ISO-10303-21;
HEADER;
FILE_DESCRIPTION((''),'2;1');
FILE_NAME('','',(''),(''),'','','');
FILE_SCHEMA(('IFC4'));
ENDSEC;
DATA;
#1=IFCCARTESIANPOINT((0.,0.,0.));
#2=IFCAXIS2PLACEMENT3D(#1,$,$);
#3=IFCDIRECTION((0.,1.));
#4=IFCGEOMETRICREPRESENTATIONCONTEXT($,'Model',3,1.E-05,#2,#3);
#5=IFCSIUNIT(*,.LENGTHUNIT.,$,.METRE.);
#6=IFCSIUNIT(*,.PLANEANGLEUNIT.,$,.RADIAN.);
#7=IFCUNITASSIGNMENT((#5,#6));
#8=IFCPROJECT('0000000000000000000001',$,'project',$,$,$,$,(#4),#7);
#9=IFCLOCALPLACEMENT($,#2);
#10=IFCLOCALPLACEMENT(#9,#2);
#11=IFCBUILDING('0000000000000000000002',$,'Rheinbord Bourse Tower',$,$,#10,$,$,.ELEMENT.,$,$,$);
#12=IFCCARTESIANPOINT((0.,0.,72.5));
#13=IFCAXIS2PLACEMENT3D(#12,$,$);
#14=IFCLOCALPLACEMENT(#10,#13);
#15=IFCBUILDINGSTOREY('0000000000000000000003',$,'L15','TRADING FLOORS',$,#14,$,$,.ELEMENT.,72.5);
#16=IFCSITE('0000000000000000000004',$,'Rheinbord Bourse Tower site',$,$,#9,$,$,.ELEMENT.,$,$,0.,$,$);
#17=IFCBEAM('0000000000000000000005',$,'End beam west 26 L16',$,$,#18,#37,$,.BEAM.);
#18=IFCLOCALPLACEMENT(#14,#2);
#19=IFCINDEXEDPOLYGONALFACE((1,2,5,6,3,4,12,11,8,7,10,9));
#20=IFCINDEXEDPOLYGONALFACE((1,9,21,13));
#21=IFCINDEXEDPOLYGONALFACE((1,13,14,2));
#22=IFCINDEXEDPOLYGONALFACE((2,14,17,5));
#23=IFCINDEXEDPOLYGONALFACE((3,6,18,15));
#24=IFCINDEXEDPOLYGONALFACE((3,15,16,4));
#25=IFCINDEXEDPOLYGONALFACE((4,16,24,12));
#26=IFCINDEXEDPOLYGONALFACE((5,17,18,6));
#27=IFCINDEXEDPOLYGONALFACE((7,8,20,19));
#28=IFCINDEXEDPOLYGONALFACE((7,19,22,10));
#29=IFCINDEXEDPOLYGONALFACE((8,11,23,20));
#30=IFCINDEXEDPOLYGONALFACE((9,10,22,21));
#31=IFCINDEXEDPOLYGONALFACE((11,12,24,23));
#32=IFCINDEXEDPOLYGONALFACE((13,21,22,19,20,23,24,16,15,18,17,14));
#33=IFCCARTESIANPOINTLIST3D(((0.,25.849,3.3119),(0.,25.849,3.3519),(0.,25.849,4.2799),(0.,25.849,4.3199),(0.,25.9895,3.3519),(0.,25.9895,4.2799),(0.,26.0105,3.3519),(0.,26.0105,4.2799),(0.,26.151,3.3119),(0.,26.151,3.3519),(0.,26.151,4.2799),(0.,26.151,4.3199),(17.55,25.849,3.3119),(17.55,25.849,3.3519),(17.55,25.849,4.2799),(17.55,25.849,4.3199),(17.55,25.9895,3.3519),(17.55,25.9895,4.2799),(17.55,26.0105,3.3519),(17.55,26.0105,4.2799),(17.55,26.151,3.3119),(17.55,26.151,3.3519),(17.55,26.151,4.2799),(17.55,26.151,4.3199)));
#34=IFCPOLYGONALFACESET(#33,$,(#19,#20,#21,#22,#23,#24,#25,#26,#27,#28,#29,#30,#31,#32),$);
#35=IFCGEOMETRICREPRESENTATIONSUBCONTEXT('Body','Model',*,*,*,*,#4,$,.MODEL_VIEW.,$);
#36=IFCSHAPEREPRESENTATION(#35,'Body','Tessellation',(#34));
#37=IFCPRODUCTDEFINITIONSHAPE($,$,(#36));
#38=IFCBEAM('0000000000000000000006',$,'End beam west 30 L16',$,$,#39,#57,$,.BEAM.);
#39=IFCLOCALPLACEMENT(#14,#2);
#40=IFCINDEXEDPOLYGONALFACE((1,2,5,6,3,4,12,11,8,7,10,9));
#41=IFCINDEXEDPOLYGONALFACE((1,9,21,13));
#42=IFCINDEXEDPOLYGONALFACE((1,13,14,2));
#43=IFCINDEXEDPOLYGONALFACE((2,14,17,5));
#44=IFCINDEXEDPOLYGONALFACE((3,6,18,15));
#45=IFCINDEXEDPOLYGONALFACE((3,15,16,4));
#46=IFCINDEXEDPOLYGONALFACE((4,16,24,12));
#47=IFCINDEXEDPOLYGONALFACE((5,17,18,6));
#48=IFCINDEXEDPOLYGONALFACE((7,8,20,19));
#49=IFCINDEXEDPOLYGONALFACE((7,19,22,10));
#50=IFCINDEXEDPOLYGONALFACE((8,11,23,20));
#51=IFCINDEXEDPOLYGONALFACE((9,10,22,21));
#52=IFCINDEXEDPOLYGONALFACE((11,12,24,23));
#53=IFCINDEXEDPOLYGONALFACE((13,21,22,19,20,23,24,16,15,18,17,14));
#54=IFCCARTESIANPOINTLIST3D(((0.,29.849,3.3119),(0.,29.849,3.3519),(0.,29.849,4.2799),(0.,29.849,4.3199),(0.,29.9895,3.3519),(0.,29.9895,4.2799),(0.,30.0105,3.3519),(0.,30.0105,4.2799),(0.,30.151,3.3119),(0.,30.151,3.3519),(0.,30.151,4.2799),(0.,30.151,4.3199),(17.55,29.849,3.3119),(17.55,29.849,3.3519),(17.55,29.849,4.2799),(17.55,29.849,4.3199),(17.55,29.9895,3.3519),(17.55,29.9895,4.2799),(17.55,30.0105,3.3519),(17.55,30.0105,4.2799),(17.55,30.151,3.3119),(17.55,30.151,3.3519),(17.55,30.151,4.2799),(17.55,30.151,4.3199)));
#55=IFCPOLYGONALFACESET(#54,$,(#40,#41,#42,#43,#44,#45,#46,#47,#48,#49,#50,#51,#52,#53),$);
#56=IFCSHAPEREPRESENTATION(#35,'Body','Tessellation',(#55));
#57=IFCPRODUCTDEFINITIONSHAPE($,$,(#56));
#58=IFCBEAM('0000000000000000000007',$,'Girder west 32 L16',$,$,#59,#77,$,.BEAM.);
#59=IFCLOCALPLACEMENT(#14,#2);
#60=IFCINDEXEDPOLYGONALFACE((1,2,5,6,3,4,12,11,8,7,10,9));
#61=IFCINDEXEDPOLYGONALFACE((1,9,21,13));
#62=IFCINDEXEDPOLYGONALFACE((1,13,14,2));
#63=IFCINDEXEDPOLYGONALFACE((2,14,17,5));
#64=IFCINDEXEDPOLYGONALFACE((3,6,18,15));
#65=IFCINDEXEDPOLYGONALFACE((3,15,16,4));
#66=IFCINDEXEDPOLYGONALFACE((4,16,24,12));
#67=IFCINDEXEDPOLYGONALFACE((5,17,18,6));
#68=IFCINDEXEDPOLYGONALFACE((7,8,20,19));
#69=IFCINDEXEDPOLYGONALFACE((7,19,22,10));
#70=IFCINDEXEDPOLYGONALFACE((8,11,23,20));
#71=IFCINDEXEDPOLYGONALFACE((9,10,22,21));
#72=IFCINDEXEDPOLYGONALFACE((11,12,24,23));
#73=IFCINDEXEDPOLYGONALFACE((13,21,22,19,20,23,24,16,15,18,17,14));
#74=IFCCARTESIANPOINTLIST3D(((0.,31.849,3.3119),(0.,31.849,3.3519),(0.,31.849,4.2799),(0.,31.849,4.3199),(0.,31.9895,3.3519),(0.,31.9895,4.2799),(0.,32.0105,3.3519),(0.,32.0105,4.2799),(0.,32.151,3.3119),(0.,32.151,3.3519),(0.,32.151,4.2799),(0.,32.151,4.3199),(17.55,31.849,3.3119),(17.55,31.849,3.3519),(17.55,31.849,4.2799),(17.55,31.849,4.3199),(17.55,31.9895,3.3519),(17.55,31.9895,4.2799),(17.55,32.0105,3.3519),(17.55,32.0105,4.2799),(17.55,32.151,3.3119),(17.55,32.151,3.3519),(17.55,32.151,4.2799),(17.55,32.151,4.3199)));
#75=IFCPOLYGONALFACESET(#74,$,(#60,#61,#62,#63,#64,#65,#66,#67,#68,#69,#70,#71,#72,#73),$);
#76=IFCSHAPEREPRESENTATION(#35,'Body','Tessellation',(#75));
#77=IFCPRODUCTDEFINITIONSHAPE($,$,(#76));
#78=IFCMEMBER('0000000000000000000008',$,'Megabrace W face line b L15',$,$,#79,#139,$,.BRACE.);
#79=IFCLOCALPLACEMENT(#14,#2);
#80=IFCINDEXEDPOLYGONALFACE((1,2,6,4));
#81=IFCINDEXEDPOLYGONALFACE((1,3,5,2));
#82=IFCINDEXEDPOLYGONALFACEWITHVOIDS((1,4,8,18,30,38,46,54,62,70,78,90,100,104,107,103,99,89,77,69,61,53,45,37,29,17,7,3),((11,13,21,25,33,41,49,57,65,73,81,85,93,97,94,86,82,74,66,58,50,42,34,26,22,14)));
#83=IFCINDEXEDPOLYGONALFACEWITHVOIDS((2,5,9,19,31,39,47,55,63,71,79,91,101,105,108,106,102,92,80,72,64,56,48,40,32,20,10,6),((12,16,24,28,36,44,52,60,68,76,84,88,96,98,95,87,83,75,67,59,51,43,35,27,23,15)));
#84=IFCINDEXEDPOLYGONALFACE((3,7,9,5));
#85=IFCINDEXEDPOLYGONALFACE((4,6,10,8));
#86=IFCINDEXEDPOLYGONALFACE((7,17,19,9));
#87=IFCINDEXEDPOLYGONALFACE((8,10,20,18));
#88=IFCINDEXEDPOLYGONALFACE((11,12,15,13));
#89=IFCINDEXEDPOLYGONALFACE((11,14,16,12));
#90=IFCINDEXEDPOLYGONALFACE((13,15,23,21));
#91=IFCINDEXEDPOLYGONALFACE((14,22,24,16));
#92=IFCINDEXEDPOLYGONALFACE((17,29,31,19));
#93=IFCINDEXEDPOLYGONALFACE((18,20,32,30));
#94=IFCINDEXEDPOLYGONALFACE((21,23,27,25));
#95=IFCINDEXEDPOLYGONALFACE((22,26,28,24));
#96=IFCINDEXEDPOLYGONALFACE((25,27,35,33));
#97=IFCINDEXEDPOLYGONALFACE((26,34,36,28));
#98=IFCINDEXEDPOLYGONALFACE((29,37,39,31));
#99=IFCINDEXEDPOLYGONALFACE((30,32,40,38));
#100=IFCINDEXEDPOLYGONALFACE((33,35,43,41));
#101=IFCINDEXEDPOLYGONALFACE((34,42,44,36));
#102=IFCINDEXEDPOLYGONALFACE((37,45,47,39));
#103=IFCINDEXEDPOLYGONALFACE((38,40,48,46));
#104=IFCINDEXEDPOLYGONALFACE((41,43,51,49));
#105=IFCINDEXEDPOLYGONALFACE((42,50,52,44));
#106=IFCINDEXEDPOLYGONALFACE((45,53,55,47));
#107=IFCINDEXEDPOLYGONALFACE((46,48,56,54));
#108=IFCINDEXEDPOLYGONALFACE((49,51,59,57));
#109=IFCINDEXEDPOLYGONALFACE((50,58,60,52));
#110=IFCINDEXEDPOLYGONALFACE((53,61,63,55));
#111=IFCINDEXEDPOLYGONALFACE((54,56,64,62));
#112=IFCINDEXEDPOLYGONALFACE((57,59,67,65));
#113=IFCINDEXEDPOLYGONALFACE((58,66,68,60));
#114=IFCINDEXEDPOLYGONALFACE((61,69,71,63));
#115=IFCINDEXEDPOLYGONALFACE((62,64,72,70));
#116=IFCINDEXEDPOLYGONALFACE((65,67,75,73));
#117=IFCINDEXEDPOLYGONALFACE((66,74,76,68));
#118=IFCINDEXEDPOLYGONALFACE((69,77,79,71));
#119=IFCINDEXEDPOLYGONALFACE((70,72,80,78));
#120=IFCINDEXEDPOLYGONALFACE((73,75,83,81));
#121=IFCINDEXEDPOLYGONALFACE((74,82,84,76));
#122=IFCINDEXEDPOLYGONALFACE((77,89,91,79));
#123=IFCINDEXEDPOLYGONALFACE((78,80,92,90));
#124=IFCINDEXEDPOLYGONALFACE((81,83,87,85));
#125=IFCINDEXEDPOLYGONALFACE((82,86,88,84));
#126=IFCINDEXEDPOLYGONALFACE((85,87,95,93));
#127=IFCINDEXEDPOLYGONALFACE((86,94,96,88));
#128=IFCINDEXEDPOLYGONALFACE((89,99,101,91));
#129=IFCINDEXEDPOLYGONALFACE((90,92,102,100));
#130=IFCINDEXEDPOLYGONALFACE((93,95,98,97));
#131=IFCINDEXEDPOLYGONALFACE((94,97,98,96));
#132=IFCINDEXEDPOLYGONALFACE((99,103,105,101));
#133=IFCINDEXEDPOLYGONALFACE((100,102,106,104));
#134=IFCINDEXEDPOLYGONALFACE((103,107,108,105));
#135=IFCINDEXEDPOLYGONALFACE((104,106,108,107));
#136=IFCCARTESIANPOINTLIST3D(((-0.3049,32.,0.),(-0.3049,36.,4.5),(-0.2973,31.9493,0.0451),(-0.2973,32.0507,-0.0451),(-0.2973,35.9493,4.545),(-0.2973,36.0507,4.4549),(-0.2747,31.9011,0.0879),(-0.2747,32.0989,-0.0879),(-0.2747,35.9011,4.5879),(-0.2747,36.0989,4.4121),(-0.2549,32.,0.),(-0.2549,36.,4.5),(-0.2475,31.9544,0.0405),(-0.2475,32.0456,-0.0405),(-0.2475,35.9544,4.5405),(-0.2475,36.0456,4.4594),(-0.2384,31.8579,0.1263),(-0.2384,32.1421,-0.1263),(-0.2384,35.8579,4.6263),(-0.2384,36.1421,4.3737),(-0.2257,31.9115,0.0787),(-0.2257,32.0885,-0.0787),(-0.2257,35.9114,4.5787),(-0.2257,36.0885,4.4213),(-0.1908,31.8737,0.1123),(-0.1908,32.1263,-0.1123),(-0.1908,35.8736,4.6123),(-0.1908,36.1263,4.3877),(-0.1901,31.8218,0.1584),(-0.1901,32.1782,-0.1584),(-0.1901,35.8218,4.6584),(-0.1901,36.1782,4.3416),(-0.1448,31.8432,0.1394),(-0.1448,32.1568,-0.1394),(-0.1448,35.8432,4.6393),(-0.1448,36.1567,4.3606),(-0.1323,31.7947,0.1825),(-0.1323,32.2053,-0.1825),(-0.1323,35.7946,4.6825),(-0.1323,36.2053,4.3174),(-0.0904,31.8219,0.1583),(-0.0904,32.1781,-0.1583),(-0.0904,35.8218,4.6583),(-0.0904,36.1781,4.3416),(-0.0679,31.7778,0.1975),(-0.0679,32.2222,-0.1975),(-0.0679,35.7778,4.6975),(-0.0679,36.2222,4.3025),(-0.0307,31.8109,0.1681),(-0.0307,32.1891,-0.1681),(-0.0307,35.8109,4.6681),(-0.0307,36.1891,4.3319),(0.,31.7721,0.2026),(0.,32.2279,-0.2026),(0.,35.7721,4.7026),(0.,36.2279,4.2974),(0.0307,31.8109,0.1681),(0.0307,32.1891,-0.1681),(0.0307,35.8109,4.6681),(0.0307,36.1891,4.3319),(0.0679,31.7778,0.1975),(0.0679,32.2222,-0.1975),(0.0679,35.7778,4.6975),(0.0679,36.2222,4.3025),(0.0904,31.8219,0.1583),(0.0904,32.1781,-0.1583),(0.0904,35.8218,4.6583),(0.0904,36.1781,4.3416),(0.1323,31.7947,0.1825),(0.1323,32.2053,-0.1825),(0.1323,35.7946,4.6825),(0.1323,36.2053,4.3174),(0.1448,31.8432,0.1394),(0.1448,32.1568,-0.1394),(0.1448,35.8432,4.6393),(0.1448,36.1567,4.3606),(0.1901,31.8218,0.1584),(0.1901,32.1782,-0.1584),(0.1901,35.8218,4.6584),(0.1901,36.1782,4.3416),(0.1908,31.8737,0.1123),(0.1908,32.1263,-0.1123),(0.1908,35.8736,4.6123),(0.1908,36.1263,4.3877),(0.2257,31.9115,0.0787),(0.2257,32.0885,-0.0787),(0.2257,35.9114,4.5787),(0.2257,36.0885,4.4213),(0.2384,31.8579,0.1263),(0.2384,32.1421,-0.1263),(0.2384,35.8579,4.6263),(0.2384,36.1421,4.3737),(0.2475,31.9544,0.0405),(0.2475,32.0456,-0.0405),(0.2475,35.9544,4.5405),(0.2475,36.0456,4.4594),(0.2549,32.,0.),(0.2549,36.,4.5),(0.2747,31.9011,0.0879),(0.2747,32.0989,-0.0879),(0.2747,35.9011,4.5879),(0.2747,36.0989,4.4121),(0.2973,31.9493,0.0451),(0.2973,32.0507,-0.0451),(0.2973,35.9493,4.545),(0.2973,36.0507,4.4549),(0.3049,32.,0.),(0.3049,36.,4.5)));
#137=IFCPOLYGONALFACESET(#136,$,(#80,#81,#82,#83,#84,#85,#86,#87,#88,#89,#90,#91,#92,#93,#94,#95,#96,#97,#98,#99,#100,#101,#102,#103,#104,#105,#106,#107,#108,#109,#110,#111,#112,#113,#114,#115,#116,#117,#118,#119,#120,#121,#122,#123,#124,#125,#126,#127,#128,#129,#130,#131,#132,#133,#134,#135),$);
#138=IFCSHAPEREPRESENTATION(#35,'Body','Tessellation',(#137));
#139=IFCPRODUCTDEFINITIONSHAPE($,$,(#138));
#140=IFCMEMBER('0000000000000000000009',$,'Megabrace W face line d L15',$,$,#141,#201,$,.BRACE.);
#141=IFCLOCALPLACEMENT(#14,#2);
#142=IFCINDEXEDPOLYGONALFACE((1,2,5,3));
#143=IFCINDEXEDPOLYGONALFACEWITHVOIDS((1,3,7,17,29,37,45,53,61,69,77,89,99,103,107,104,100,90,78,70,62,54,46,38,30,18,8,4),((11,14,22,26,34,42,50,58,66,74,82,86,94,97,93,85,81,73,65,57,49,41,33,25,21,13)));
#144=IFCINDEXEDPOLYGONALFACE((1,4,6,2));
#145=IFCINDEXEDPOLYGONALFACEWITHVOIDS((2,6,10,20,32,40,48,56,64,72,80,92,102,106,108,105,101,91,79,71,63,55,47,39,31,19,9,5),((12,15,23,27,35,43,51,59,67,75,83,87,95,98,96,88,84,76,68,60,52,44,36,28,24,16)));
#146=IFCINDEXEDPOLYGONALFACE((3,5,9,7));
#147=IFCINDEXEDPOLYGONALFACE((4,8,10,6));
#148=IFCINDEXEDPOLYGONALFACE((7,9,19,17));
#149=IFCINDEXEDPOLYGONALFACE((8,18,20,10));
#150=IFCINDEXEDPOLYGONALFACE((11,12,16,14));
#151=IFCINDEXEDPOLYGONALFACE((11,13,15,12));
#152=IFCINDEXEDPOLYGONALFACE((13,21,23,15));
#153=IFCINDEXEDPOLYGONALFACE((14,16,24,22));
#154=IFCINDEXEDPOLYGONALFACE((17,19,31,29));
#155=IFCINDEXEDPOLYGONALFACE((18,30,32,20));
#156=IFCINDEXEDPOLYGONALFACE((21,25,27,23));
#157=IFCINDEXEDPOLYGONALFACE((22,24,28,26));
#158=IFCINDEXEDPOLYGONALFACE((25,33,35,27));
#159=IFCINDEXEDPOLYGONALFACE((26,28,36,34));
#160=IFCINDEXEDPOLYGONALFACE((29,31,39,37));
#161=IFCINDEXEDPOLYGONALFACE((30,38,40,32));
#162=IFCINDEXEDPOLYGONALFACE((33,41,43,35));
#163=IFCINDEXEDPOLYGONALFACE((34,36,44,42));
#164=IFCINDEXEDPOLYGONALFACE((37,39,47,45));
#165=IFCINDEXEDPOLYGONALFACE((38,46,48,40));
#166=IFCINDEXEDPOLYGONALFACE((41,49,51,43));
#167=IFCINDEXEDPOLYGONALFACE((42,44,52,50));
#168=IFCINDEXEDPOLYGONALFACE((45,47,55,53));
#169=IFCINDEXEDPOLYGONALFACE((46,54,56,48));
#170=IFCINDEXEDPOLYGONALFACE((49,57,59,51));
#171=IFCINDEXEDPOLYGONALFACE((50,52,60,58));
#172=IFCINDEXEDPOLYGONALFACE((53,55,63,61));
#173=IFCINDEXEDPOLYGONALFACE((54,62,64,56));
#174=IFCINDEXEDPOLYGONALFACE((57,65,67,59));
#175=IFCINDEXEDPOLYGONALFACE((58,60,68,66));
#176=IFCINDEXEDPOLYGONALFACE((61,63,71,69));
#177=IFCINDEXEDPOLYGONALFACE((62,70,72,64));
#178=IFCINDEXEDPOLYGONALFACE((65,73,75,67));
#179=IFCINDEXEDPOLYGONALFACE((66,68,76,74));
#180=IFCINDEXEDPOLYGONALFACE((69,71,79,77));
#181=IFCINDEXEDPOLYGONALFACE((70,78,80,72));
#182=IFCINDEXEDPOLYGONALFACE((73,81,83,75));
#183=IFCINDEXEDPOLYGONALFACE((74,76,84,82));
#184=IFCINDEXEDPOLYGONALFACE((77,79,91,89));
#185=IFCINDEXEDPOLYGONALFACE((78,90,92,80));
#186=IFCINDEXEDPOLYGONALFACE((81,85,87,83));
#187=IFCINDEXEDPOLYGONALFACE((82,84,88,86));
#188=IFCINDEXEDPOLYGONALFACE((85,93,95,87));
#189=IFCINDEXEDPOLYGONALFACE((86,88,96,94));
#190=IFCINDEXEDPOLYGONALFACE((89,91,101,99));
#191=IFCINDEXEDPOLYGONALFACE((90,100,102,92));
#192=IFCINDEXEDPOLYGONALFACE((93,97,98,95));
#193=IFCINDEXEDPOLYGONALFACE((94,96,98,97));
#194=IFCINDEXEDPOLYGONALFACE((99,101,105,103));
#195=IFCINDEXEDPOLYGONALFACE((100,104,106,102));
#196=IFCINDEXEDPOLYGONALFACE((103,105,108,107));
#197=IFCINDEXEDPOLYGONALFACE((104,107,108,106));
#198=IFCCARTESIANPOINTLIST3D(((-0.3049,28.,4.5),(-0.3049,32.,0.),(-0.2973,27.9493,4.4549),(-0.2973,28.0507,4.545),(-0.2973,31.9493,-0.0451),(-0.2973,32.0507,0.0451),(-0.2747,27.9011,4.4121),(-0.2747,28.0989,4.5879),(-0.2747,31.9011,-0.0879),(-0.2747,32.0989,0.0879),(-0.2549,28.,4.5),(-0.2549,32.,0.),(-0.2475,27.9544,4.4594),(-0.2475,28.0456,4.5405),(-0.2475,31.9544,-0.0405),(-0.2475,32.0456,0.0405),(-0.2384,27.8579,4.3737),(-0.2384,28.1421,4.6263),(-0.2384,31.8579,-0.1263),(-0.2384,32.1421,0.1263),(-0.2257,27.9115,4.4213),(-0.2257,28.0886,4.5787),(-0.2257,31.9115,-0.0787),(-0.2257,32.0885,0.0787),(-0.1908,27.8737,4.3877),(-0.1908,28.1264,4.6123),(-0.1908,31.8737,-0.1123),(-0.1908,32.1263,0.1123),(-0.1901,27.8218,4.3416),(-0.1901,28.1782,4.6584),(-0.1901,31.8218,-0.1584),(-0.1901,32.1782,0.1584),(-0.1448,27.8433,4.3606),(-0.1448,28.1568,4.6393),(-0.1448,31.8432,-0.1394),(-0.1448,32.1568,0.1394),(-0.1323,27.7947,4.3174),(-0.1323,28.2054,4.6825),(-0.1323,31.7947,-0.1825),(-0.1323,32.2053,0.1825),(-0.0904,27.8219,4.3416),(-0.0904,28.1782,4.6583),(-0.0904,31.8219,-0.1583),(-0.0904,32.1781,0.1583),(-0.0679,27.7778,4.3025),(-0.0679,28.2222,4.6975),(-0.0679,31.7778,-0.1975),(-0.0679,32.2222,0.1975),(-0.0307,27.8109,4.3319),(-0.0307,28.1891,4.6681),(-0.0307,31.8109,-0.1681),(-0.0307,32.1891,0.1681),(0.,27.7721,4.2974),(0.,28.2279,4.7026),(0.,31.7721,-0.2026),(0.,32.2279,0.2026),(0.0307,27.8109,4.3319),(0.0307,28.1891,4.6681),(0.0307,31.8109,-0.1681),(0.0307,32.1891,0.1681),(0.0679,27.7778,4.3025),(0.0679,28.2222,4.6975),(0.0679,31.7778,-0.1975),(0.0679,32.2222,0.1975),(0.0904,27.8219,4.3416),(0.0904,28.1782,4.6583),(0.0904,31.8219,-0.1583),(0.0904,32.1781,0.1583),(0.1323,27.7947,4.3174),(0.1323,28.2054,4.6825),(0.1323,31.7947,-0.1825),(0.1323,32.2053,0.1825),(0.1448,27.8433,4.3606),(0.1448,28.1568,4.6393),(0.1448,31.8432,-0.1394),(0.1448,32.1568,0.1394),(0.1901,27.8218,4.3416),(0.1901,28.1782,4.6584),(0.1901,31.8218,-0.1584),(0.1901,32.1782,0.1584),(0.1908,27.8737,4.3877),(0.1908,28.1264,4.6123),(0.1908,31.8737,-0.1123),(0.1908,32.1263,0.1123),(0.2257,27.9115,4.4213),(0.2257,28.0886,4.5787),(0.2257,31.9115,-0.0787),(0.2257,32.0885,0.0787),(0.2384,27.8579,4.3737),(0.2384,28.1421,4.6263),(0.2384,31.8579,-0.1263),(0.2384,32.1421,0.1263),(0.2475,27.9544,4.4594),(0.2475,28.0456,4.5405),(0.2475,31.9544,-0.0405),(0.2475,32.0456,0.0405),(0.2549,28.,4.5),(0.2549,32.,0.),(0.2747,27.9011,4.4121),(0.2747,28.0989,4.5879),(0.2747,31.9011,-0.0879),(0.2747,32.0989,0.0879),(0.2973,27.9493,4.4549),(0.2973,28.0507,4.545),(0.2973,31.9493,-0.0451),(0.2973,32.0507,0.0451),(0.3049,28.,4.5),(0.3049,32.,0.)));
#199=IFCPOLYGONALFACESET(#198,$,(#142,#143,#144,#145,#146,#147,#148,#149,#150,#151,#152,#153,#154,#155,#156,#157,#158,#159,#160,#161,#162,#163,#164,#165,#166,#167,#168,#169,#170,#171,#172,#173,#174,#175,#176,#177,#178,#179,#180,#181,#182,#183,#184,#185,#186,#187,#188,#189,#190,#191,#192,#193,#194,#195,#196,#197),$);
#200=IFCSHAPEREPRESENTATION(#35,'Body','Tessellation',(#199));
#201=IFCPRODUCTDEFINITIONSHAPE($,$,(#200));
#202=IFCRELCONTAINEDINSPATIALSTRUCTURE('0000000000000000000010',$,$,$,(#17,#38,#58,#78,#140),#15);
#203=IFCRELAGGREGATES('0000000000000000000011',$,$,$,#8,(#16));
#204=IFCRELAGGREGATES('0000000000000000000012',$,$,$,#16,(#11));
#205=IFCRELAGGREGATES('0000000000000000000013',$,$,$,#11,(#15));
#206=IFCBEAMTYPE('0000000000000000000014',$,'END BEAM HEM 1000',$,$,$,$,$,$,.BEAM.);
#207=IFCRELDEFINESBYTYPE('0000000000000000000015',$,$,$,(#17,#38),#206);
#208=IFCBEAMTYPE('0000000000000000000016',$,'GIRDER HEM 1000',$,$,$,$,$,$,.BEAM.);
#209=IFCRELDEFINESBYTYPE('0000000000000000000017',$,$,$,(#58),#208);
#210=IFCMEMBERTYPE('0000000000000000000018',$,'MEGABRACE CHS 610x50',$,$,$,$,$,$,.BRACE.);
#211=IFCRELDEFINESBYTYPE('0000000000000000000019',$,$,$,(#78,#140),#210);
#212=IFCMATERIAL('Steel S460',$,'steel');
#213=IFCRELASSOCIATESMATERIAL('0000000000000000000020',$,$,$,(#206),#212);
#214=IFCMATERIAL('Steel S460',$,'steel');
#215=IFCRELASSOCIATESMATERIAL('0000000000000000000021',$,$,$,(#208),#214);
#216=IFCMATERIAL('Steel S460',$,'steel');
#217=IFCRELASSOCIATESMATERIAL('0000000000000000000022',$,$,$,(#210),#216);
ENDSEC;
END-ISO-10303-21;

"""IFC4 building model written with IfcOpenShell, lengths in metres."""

from ifc_helpers import new_model, si_unit, direction, frame, origin, origin_2d, place, context, subcontext, project, spatial, hollow_circle, i_section, extrude, material, material_profile, profile_set, type_object, element, save


model = new_model("IFC4")

# Units and contexts
model_context = context("Model", 3, precision=1e-05, world=origin(), true_north=direction((0.0, 1.0)))
body_context = subcontext(model_context, "Body", "Model", "MODEL_VIEW")
ifc_project = project(units=[si_unit("LENGTHUNIT", "METRE"), si_unit("PLANEANGLEUNIT", "RADIAN")], contexts=[model_context])

# Site, building, storey
site_placement = place(None, origin())
site = spatial("IfcSite", under=ifc_project, at=site_placement, Name="Rheinbord Bourse Tower site", CompositionType="ELEMENT", RefElevation=0.0)
building_placement = place(site_placement, origin())
building = spatial("IfcBuilding", under=site, at=building_placement, Name="Rheinbord Bourse Tower", CompositionType="ELEMENT")
storey_placement = place(building_placement, frame((0.0, 0.0, 72.5)))
storey = spatial("IfcBuildingStorey", under=building, at=storey_placement, Name="L15", Description="TRADING FLOORS", CompositionType="ELEMENT", Elevation=72.5)

# Beams
ifc_material_1 = material(Name="Steel S460", Category="steel")
ifc_material_profile_1 = material_profile(ifc_material_1, i_section(OverallWidth=0.302, OverallDepth=1.0081, WebThickness=0.021, FlangeThickness=0.04, at=origin_2d()), Name="HEM 1000")
ifc_profile_set_1 = profile_set([ifc_material_profile_1], Name="Steel S460")
beam_type_1 = type_object("IfcBeamType", Name="END BEAM HEM 1000", PredefinedType="BEAM", material=ifc_profile_set_1)
for number, where, z_axis, x_axis, name in (
    (1, (0.0, 26.0, 3.8159), (1.0, 0.0, 0.0), (0.0, 1.0, 0.0), "End beam west 26 L16"),
    (2, (0.0, 30.0, 3.8159), (1.0, 0.0, 0.0), (0.0, 1.0, 0.0), "End beam west 30 L16"),
):
    element("IfcBeam", number, at=place(storey_placement, frame(where, z_axis=z_axis, x_axis=x_axis)), inside=storey, type_object=beam_type_1, Name=name, PredefinedType="BEAM", context=body_context, shape_type="SweptSolid", body=[
        extrude(i_section(OverallWidth=0.302, OverallDepth=1.0081, WebThickness=0.021, FlangeThickness=0.04, at=origin_2d()), origin(), (0.0, 0.0, 1.0), 17.55),
    ])
ifc_material_2 = material(Name="Steel S460", Category="steel")
ifc_material_profile_2 = material_profile(ifc_material_2, i_section(OverallWidth=0.302, OverallDepth=1.0081, WebThickness=0.021, FlangeThickness=0.04, at=origin_2d()), Name="HEM 1000")
ifc_profile_set_2 = profile_set([ifc_material_profile_2], Name="Steel S460")
beam_type_2 = type_object("IfcBeamType", Name="GIRDER HEM 1000", PredefinedType="BEAM", material=ifc_profile_set_2)
beam_placement = place(storey_placement, frame((0.0, 32.0, 3.8159), z_axis=(1.0, 0.0, 0.0), x_axis=(0.0, 1.0, 0.0)))
element("IfcBeam", 3, at=beam_placement, inside=storey, type_object=beam_type_2, Name="Girder west 32 L16", PredefinedType="BEAM", context=body_context, shape_type="SweptSolid", body=[
    extrude(i_section(OverallWidth=0.302, OverallDepth=1.0081, WebThickness=0.021, FlangeThickness=0.04, at=origin_2d()), origin(), (0.0, 0.0, 1.0), 17.55),
])

# Members
ifc_material_3 = material(Name="Steel S460", Category="steel")
ifc_material_profile_3 = material_profile(ifc_material_3, hollow_circle(Radius=0.3049, WallThickness=0.05, at=origin_2d()), Name="CHS 610x50")
ifc_profile_set_3 = profile_set([ifc_material_profile_3], Name="Steel S460")
member_type_1 = type_object("IfcMemberType", Name="MEGABRACE CHS 610x50", PredefinedType="BRACE", material=ifc_profile_set_3)
for number, where, z_axis, x_axis, name in (
    (4, (0.0, 32.0, 0.0), (0.0, 0.664364, 0.747409), (-1.0, 0.0, 0.0), "Megabrace W face line b L15"),
    (5, (0.0, 32.0, 0.0), (0.0, -0.664364, 0.747409), (1.0, 0.0, 0.0), "Megabrace W face line d L15"),
):
    element("IfcMember", number, at=place(storey_placement, frame(where, z_axis=z_axis, x_axis=x_axis)), inside=storey, type_object=member_type_1, Name=name, PredefinedType="BRACE", context=body_context, shape_type="SweptSolid", body=[
        extrude(hollow_circle(Radius=0.3049, WallThickness=0.05, at=origin_2d()), origin(), (0.0, 0.0, 1.0), 6.0208),
    ])

save(model, "model.ifc")
